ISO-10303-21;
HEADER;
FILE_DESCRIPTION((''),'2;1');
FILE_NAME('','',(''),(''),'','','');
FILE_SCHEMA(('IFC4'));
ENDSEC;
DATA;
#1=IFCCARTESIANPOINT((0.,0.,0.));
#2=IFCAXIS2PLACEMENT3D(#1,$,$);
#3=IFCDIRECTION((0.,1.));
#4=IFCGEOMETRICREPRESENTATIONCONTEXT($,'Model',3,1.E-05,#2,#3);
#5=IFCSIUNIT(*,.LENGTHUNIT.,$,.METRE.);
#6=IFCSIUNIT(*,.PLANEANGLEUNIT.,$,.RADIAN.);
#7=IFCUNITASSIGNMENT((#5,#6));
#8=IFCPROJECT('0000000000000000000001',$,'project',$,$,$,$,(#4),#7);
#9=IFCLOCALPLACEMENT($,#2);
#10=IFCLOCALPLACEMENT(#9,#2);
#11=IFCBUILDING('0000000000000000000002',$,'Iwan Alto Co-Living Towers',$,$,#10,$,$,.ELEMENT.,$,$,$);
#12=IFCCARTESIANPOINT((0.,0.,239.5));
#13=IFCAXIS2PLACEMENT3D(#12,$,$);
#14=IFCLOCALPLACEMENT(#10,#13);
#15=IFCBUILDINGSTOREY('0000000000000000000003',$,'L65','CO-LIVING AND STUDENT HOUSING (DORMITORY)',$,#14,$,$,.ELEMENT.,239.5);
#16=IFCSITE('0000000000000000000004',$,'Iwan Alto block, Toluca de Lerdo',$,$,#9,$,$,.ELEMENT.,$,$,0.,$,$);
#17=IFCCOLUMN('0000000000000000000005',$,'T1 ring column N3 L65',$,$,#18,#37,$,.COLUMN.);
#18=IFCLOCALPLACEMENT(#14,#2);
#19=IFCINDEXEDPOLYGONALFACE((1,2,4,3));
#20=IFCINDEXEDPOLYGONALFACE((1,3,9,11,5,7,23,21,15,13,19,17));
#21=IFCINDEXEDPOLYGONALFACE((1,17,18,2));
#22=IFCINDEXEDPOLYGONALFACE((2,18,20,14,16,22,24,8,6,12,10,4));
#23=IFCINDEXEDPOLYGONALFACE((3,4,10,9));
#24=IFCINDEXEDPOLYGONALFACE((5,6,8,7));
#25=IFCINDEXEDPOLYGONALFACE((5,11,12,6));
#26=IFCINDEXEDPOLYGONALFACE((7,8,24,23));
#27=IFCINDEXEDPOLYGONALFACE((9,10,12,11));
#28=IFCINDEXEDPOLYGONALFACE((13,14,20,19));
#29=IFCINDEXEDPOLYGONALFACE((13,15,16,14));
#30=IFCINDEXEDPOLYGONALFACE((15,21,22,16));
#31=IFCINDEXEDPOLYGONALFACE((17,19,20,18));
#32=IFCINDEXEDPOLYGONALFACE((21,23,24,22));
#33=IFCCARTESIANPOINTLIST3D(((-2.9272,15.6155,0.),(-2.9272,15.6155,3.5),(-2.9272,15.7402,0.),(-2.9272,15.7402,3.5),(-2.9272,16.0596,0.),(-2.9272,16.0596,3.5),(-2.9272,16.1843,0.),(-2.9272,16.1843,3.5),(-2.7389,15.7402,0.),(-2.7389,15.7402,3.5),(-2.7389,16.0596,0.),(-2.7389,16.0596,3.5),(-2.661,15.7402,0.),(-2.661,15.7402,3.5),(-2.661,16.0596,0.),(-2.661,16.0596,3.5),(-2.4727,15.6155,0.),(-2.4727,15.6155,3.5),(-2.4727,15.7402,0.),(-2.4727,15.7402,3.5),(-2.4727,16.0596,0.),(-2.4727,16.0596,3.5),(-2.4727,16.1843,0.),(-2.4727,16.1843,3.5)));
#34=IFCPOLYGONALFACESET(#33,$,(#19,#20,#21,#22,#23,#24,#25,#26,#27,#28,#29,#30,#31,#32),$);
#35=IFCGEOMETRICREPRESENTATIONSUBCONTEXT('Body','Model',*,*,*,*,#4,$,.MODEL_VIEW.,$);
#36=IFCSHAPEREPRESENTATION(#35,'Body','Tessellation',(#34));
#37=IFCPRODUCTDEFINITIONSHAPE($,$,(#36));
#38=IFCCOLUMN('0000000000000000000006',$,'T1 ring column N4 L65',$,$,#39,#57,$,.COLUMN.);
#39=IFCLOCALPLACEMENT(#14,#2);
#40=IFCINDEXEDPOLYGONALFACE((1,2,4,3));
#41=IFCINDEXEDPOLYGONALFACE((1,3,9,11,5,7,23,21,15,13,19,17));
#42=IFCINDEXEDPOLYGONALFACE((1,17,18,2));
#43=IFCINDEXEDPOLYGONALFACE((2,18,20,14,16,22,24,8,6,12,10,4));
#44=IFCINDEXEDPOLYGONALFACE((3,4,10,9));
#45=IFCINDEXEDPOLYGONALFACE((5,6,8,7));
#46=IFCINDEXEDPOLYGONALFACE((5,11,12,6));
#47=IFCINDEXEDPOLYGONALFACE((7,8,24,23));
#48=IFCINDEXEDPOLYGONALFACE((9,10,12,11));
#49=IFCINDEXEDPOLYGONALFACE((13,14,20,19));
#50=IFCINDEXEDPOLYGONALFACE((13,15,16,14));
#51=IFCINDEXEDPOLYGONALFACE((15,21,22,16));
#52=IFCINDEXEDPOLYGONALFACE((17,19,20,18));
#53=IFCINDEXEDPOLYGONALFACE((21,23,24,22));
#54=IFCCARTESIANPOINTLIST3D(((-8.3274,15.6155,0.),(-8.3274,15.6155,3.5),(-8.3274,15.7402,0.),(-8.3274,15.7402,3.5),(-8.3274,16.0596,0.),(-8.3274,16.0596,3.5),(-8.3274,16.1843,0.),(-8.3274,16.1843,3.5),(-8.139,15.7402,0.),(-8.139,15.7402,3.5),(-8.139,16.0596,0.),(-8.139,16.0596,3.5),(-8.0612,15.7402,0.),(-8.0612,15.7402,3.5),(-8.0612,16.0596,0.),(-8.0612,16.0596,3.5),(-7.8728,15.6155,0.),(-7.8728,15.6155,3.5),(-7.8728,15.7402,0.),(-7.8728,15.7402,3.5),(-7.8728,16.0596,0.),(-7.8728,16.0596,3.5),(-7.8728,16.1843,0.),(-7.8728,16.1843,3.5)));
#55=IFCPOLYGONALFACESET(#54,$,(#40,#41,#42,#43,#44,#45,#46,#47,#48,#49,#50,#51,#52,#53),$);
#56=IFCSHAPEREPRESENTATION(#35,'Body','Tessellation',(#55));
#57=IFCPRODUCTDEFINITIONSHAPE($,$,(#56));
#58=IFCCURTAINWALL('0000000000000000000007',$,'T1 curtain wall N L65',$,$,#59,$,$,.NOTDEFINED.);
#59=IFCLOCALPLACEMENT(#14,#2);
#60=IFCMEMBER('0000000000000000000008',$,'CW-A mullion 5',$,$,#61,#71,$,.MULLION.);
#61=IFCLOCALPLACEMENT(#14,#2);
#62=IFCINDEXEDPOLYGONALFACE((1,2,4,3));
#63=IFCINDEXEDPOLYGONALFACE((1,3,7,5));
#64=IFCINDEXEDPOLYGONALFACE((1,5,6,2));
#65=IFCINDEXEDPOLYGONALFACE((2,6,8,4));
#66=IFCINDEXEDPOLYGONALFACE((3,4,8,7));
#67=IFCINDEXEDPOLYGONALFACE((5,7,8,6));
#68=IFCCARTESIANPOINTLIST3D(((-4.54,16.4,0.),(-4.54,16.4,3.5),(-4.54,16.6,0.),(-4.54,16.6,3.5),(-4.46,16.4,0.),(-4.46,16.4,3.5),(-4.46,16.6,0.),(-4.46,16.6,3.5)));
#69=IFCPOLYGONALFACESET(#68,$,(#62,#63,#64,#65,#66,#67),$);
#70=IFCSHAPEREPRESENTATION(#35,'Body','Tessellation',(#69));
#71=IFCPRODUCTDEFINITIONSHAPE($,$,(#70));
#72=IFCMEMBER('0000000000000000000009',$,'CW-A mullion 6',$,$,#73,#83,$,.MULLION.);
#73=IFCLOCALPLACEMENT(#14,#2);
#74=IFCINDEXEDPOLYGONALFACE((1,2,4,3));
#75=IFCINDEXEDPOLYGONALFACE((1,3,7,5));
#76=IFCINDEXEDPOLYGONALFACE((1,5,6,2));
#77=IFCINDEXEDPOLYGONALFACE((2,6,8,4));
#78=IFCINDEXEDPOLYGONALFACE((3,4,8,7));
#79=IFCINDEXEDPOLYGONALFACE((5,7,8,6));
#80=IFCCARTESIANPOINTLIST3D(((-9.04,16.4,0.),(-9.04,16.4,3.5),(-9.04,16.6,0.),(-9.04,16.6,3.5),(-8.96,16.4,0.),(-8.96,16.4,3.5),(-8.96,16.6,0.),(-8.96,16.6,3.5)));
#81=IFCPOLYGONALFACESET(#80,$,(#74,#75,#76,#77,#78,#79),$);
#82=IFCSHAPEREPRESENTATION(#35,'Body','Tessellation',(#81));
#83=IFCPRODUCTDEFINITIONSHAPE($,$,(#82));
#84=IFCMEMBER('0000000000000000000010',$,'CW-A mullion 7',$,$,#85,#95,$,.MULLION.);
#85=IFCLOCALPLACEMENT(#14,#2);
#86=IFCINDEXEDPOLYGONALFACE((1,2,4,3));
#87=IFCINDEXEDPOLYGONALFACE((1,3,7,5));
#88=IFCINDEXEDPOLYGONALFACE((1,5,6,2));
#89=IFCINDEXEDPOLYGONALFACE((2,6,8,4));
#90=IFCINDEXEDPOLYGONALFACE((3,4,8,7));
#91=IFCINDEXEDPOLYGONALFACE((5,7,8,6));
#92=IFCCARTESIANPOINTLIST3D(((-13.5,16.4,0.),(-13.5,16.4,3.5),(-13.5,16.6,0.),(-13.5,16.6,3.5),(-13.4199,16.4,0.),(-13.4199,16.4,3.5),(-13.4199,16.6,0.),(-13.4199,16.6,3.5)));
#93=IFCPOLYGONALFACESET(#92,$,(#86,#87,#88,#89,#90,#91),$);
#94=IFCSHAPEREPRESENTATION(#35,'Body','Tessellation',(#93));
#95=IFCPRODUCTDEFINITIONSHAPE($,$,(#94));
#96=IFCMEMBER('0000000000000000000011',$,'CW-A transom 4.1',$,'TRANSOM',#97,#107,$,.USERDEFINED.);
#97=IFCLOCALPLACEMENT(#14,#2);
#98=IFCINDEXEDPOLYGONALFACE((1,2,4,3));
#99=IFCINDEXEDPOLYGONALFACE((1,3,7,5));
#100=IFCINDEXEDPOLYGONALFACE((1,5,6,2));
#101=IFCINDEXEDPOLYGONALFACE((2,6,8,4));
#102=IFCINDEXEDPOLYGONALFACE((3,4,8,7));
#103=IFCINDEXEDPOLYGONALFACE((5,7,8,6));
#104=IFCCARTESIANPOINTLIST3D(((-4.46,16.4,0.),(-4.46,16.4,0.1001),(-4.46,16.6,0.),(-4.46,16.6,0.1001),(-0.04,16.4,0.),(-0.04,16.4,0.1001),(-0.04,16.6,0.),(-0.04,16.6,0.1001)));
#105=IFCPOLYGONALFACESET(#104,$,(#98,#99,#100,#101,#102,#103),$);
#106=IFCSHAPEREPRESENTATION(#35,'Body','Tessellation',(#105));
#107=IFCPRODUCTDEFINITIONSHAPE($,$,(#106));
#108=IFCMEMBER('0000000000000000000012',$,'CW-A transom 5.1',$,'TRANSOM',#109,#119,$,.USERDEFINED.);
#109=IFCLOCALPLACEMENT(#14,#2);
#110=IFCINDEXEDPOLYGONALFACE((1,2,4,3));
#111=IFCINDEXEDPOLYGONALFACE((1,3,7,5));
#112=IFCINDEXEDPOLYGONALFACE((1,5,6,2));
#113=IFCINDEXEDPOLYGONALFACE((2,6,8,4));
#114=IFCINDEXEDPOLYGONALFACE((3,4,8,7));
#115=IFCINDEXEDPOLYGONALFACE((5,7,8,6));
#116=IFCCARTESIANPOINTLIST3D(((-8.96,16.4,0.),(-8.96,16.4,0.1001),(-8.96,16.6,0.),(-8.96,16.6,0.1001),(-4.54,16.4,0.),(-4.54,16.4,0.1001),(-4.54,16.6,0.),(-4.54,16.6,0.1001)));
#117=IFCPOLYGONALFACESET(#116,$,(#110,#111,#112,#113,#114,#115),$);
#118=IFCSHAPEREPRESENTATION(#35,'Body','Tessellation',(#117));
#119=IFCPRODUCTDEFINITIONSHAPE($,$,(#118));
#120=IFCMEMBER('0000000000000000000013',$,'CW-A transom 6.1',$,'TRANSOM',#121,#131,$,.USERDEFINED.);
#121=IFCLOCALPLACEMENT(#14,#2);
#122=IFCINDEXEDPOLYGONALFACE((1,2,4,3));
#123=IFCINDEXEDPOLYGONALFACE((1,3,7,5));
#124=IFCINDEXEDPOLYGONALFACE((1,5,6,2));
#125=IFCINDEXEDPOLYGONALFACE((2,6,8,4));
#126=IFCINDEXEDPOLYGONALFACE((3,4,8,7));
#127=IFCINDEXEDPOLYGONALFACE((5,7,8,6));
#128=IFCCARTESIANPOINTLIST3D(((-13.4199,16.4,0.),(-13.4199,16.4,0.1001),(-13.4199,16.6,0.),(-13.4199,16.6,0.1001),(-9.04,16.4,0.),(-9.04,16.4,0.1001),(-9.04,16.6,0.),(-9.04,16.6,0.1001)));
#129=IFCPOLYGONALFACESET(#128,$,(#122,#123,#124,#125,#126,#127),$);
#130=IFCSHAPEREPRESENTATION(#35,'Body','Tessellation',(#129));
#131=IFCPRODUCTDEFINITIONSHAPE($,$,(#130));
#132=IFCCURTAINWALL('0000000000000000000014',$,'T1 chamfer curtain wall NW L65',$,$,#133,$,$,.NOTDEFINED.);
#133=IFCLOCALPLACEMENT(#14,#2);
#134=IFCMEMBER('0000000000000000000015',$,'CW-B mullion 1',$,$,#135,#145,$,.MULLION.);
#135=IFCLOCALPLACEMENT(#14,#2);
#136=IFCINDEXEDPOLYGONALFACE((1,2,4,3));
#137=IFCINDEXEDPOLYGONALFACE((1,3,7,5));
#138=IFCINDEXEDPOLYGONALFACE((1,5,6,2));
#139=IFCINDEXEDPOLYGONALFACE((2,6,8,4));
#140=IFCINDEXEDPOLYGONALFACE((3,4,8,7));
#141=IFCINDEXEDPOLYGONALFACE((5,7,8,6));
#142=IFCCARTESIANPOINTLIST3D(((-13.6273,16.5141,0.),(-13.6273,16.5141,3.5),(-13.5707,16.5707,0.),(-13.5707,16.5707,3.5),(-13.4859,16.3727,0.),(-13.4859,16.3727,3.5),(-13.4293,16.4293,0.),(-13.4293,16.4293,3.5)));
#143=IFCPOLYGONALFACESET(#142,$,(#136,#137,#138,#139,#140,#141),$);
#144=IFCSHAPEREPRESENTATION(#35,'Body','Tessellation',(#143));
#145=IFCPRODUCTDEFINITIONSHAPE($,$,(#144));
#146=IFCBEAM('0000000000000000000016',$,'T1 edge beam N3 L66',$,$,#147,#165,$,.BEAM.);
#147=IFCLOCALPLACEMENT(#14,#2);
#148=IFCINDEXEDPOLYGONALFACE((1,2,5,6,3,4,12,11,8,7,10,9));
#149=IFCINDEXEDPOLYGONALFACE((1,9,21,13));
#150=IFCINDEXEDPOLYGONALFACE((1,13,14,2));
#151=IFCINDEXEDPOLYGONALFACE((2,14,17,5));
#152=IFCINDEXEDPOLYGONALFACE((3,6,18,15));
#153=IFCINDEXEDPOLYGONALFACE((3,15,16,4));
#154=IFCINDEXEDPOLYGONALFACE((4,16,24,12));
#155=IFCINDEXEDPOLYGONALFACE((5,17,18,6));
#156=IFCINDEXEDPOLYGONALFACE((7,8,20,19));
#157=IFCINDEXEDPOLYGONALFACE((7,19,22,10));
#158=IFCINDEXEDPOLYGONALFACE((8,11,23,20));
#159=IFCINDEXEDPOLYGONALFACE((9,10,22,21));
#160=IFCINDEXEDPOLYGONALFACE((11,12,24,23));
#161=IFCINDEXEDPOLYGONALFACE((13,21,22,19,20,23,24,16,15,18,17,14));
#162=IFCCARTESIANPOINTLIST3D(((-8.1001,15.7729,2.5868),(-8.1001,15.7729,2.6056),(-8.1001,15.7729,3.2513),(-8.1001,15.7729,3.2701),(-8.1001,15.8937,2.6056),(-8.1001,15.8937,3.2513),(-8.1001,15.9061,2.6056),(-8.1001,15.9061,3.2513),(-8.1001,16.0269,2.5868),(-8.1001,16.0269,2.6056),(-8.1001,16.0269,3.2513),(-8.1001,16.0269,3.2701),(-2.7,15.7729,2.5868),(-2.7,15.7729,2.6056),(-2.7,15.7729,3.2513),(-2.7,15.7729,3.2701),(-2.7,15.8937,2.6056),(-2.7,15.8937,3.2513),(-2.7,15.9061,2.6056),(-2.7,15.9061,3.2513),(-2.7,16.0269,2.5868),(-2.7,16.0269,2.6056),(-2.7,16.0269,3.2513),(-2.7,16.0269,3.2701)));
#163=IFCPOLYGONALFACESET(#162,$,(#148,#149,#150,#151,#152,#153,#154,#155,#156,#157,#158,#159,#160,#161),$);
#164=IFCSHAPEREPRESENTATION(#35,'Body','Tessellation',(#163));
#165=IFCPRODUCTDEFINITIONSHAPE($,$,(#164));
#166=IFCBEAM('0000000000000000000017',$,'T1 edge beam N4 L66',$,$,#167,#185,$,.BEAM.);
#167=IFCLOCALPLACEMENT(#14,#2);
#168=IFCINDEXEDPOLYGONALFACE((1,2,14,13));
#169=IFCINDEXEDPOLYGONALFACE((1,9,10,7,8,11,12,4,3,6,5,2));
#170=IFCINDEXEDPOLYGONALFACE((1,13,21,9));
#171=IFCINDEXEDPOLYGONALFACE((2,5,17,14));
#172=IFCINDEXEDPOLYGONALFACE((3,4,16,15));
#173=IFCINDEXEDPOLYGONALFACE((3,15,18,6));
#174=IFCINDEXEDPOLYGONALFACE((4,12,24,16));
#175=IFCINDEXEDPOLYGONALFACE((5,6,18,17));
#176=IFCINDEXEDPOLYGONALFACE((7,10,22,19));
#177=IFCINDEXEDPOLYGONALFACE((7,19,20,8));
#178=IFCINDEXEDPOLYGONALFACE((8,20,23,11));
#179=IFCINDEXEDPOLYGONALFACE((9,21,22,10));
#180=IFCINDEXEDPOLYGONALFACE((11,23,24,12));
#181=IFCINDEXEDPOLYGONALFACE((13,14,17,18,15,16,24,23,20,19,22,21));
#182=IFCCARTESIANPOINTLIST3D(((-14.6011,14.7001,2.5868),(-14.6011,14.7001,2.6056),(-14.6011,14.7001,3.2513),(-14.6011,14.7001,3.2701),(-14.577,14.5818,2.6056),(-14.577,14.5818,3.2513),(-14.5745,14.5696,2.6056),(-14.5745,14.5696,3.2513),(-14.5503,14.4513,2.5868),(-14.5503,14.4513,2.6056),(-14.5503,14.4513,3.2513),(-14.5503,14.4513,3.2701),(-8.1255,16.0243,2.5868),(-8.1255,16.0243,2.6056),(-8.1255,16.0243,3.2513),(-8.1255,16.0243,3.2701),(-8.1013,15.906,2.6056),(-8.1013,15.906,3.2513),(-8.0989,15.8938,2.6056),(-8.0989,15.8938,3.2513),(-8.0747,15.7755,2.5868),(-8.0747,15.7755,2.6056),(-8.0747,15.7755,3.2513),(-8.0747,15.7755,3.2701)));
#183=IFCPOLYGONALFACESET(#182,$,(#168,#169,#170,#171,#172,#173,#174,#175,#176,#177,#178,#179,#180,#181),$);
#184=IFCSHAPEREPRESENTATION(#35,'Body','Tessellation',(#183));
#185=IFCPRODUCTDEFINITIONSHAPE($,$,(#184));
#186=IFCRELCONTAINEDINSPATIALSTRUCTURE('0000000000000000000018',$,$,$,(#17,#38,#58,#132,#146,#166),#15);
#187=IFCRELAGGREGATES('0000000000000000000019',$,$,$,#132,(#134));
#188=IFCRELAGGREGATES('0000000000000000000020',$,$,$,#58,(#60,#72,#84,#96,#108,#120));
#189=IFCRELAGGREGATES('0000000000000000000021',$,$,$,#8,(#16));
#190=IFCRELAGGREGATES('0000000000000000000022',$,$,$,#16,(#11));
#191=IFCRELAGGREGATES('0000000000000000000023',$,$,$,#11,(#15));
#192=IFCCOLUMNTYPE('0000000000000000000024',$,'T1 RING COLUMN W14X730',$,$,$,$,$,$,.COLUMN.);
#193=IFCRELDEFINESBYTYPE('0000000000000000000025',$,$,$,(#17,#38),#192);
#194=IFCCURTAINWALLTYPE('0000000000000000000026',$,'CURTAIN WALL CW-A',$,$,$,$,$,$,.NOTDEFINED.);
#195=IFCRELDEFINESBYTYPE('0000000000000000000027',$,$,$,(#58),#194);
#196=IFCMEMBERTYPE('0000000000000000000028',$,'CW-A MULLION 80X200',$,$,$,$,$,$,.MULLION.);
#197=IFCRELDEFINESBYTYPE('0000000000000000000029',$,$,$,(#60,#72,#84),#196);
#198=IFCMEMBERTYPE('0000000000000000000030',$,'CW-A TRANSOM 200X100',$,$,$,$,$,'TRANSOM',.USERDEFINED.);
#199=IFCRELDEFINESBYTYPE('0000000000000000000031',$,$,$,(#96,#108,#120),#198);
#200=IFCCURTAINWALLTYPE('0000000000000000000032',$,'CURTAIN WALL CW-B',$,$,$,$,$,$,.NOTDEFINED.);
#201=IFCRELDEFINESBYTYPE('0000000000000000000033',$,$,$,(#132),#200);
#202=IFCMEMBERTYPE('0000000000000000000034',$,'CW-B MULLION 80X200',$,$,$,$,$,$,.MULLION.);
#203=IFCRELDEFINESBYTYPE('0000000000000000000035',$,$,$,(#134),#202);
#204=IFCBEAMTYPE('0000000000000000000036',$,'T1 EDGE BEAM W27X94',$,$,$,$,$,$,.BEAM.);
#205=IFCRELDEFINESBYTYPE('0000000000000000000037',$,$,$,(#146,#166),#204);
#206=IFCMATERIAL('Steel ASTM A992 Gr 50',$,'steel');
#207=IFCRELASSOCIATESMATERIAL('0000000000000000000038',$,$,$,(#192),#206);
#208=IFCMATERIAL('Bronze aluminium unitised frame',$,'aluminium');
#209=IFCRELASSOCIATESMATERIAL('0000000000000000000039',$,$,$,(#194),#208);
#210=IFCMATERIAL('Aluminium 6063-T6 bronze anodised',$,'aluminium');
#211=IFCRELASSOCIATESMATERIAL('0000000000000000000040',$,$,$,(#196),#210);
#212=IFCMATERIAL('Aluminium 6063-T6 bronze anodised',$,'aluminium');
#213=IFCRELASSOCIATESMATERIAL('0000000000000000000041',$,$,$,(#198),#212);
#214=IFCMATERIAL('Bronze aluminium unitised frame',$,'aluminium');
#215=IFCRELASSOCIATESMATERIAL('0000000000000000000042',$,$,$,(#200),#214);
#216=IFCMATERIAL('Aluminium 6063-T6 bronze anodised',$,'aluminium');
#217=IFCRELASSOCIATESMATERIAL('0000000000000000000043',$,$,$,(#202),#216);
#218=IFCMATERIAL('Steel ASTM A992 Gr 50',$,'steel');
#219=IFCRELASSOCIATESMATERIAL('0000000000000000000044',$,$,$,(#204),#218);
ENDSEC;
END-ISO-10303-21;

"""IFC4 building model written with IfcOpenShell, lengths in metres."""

from ifc_helpers import new_model, si_unit, direction, frame, origin, origin_2d, place, context, subcontext, project, spatial, rectangle, i_section, extrude, material, material_profile, profile_set, type_object, element, aggregate, save


model = new_model("IFC4")

# Units and contexts
model_context = context("Model", 3, precision=1e-05, world=origin(), true_north=direction((0.0, 1.0)))
body_context = subcontext(model_context, "Body", "Model", "MODEL_VIEW")
ifc_project = project(units=[si_unit("LENGTHUNIT", "METRE"), si_unit("PLANEANGLEUNIT", "RADIAN")], contexts=[model_context])

# Site, building, storey
site_placement = place(None, origin())
site = spatial("IfcSite", under=ifc_project, at=site_placement, Name="Iwan Alto block, Toluca de Lerdo", CompositionType="ELEMENT", RefElevation=0.0)
building_placement = place(site_placement, origin())
building = spatial("IfcBuilding", under=site, at=building_placement, Name="Iwan Alto Co-Living Towers", CompositionType="ELEMENT")
storey_placement = place(building_placement, frame((0.0, 0.0, 239.5)))
storey = spatial("IfcBuildingStorey", under=building, at=storey_placement, Name="L65", Description="CO-LIVING AND STUDENT HOUSING (DORMITORY)", CompositionType="ELEMENT", Elevation=239.5)

# Columns
ifc_material_1 = material(Name="Steel ASTM A992 Gr 50", Category="steel")
ifc_material_profile_1 = material_profile(ifc_material_1, i_section(OverallWidth=0.4546, OverallDepth=0.5688, WebThickness=0.0779, FlangeThickness=0.1248, at=origin_2d()), Name="W14X730")
ifc_profile_set_1 = profile_set([ifc_material_profile_1], Name="Steel ASTM A992 Gr 50")
column_type = type_object("IfcColumnType", Name="T1 RING COLUMN W14X730", PredefinedType="COLUMN", material=ifc_profile_set_1)
for number, where, z_axis, x_axis, name in (
    (1, (-2.7, 15.8999, 0.0), (0.0, 0.0, 1.0), (1.0, 0.0, 0.0), "T1 ring column N3 L65"),
    (2, (-8.1001, 15.8999, 0.0), (0.0, 0.0, 1.0), (1.0, 0.0, 0.0), "T1 ring column N4 L65"),
):
    element("IfcColumn", number, at=place(storey_placement, frame(where, z_axis=z_axis, x_axis=x_axis)), inside=storey, type_object=column_type, Name=name, PredefinedType="COLUMN", context=body_context, shape_type="SweptSolid", body=[
        extrude(i_section(OverallWidth=0.4546, OverallDepth=0.5688, WebThickness=0.0779, FlangeThickness=0.1248, at=origin_2d()), origin(), (0.0, 0.0, 1.0), 3.5),
    ])

# Curtain wall, members
ifc_material_2 = material(Name="Bronze aluminium unitised frame", Category="aluminium")
curtain_wall_type_1 = type_object("IfcCurtainWallType", Name="CURTAIN WALL CW-A", PredefinedType="NOTDEFINED", material=ifc_material_2)
curtain_wall_1_placement = place(storey_placement, origin())
curtain_wall_1 = element("IfcCurtainWall", 3, at=curtain_wall_1_placement, inside=storey, type_object=curtain_wall_type_1, Name="T1 curtain wall N L65", PredefinedType="NOTDEFINED")
ifc_material_3 = material(Name="Aluminium 6063-T6 bronze anodised", Category="aluminium")
ifc_material_profile_2 = material_profile(ifc_material_3, rectangle(XDim=0.2, YDim=0.0801, at=origin_2d()), Name="AL 80X200")
ifc_profile_set_2 = profile_set([ifc_material_profile_2], Name="Aluminium 6063-T6 bronze anodised")
member_type_1 = type_object("IfcMemberType", Name="CW-A MULLION 80X200", PredefinedType="MULLION", material=ifc_profile_set_2)
member_1_placement = place(storey_placement, frame((-4.5, 16.5, 0.0), z_axis=(0.0, 0.0, 1.0), x_axis=(0.0, -1.0, 0.0)))
member_1 = element("IfcMember", 4, at=member_1_placement, type_object=member_type_1, Name="CW-A mullion 5", PredefinedType="MULLION", context=body_context, shape_type="SweptSolid", body=[
    extrude(rectangle(XDim=0.2, YDim=0.0801, at=origin_2d()), origin(), (0.0, 0.0, 1.0), 3.5),
])
member_2_placement = place(storey_placement, frame((-9.0, 16.5, 0.0), z_axis=(0.0, 0.0, 1.0), x_axis=(0.0, -1.0, 0.0)))
member_2 = element("IfcMember", 5, at=member_2_placement, type_object=member_type_1, Name="CW-A mullion 6", PredefinedType="MULLION", context=body_context, shape_type="SweptSolid", body=[
    extrude(rectangle(XDim=0.2, YDim=0.0801, at=origin_2d()), origin(), (0.0, 0.0, 1.0), 3.5),
])
member_3_placement = place(storey_placement, frame((-13.46, 16.5, 0.0), z_axis=(0.0, 0.0, 1.0), x_axis=(0.0, -1.0, 0.0)))
member_3 = element("IfcMember", 6, at=member_3_placement, type_object=member_type_1, Name="CW-A mullion 7", PredefinedType="MULLION", context=body_context, shape_type="SweptSolid", body=[
    extrude(rectangle(XDim=0.2, YDim=0.0801, at=origin_2d()), origin(), (0.0, 0.0, 1.0), 3.5),
])
ifc_material_4 = material(Name="Aluminium 6063-T6 bronze anodised", Category="aluminium")
ifc_material_profile_3 = material_profile(ifc_material_4, rectangle(XDim=0.2, YDim=0.1001, at=origin_2d()), Name="AL 200X100")
ifc_profile_set_3 = profile_set([ifc_material_profile_3], Name="Aluminium 6063-T6 bronze anodised")
member_type_2 = type_object("IfcMemberType", Name="CW-A TRANSOM 200X100", ElementType="TRANSOM", PredefinedType="USERDEFINED", material=ifc_profile_set_3)
member_4_placement = place(storey_placement, frame((-0.04, 16.5, 0.05), z_axis=(-1.0, 0.0, 0.0), x_axis=(0.0, -1.0, 0.0)))
member_4 = element("IfcMember", 7, at=member_4_placement, type_object=member_type_2, Name="CW-A transom 4.1", ObjectType="TRANSOM", PredefinedType="USERDEFINED", context=body_context, shape_type="SweptSolid", body=[
    extrude(rectangle(XDim=0.2, YDim=0.1001, at=origin_2d()), origin(), (0.0, 0.0, 1.0), 4.4199),
])
member_5_placement = place(storey_placement, frame((-4.54, 16.5, 0.05), z_axis=(-1.0, 0.0, 0.0), x_axis=(0.0, -1.0, 0.0)))
member_5 = element("IfcMember", 8, at=member_5_placement, type_object=member_type_2, Name="CW-A transom 5.1", ObjectType="TRANSOM", PredefinedType="USERDEFINED", context=body_context, shape_type="SweptSolid", body=[
    extrude(rectangle(XDim=0.2, YDim=0.1001, at=origin_2d()), origin(), (0.0, 0.0, 1.0), 4.4199),
])
member_6_placement = place(storey_placement, frame((-9.04, 16.5, 0.05), z_axis=(-1.0, 0.0, 0.0), x_axis=(0.0, -1.0, 0.0)))
member_6 = element("IfcMember", 9, at=member_6_placement, type_object=member_type_2, Name="CW-A transom 6.1", ObjectType="TRANSOM", PredefinedType="USERDEFINED", context=body_context, shape_type="SweptSolid", body=[
    extrude(rectangle(XDim=0.2, YDim=0.1001, at=origin_2d()), origin(), (0.0, 0.0, 1.0), 4.3799),
])

# Curtain wall, member
ifc_material_5 = material(Name="Bronze aluminium unitised frame", Category="aluminium")
curtain_wall_type_2 = type_object("IfcCurtainWallType", Name="CURTAIN WALL CW-B", PredefinedType="NOTDEFINED", material=ifc_material_5)
curtain_wall_2_placement = place(storey_placement, origin())
curtain_wall_2 = element("IfcCurtainWall", 10, at=curtain_wall_2_placement, inside=storey, type_object=curtain_wall_type_2, Name="T1 chamfer curtain wall NW L65", PredefinedType="NOTDEFINED")
ifc_material_6 = material(Name="Aluminium 6063-T6 bronze anodised", Category="aluminium")
ifc_material_profile_4 = material_profile(ifc_material_6, rectangle(XDim=0.2, YDim=0.0801, at=origin_2d()), Name="AL 80X200")
ifc_profile_set_4 = profile_set([ifc_material_profile_4], Name="Aluminium 6063-T6 bronze anodised")
member_type_3 = type_object("IfcMemberType", Name="CW-B MULLION 80X200", PredefinedType="MULLION", material=ifc_profile_set_4)
member_7_placement = place(storey_placement, frame((-13.5283, 16.4717, 0.0), z_axis=(0.0, 0.0, 1.0), x_axis=(0.707107, -0.707107, 0.0)))
member_7 = element("IfcMember", 11, at=member_7_placement, type_object=member_type_3, Name="CW-B mullion 1", PredefinedType="MULLION", context=body_context, shape_type="SweptSolid", body=[
    extrude(rectangle(XDim=0.2, YDim=0.0801, at=origin_2d()), origin(), (0.0, 0.0, 1.0), 3.5),
])
aggregate(curtain_wall_2, [member_7])

# Beams
ifc_material_7 = material(Name="Steel ASTM A992 Gr 50", Category="steel")
ifc_material_profile_5 = material_profile(ifc_material_7, i_section(OverallWidth=0.2539, OverallDepth=0.6833, WebThickness=0.0125, FlangeThickness=0.0188, at=origin_2d()), Name="W27X94")
ifc_profile_set_5 = profile_set([ifc_material_profile_5], Name="Steel ASTM A992 Gr 50")
beam_type_1 = type_object("IfcBeamType", Name="T1 EDGE BEAM W27X94", PredefinedType="BEAM", material=ifc_profile_set_5)
beam_1_placement = place(storey_placement, frame((-2.7, 15.8999, 2.9285), z_axis=(-1.0, 0.0, 0.0), x_axis=(0.0, -1.0, 0.0)))
element("IfcBeam", 12, at=beam_1_placement, inside=storey, type_object=beam_type_1, Name="T1 edge beam N3 L66", PredefinedType="BEAM", context=body_context, shape_type="SweptSolid", body=[
    extrude(i_section(OverallWidth=0.2539, OverallDepth=0.6833, WebThickness=0.0125, FlangeThickness=0.0188, at=origin_2d()), origin(), (0.0, 0.0, 1.0), 5.4001),
])
beam_2_placement = place(storey_placement, frame((-8.1001, 15.8999, 2.9285), z_axis=(-0.979725, -0.200348, 0.0), x_axis=(0.200348, -0.979725, 0.0)))
element("IfcBeam", 13, at=beam_2_placement, inside=storey, type_object=beam_type_1, Name="T1 edge beam N4 L66", PredefinedType="BEAM", context=body_context, shape_type="SweptSolid", body=[
    extrude(i_section(OverallWidth=0.2539, OverallDepth=0.6833, WebThickness=0.0125, FlangeThickness=0.0188, at=origin_2d()), origin(), (0.0, 0.0, 1.0), 6.6096),
])

aggregate(curtain_wall_1, [member_1, member_2, member_3, member_4, member_5, member_6])

save(model, "model.ifc")
